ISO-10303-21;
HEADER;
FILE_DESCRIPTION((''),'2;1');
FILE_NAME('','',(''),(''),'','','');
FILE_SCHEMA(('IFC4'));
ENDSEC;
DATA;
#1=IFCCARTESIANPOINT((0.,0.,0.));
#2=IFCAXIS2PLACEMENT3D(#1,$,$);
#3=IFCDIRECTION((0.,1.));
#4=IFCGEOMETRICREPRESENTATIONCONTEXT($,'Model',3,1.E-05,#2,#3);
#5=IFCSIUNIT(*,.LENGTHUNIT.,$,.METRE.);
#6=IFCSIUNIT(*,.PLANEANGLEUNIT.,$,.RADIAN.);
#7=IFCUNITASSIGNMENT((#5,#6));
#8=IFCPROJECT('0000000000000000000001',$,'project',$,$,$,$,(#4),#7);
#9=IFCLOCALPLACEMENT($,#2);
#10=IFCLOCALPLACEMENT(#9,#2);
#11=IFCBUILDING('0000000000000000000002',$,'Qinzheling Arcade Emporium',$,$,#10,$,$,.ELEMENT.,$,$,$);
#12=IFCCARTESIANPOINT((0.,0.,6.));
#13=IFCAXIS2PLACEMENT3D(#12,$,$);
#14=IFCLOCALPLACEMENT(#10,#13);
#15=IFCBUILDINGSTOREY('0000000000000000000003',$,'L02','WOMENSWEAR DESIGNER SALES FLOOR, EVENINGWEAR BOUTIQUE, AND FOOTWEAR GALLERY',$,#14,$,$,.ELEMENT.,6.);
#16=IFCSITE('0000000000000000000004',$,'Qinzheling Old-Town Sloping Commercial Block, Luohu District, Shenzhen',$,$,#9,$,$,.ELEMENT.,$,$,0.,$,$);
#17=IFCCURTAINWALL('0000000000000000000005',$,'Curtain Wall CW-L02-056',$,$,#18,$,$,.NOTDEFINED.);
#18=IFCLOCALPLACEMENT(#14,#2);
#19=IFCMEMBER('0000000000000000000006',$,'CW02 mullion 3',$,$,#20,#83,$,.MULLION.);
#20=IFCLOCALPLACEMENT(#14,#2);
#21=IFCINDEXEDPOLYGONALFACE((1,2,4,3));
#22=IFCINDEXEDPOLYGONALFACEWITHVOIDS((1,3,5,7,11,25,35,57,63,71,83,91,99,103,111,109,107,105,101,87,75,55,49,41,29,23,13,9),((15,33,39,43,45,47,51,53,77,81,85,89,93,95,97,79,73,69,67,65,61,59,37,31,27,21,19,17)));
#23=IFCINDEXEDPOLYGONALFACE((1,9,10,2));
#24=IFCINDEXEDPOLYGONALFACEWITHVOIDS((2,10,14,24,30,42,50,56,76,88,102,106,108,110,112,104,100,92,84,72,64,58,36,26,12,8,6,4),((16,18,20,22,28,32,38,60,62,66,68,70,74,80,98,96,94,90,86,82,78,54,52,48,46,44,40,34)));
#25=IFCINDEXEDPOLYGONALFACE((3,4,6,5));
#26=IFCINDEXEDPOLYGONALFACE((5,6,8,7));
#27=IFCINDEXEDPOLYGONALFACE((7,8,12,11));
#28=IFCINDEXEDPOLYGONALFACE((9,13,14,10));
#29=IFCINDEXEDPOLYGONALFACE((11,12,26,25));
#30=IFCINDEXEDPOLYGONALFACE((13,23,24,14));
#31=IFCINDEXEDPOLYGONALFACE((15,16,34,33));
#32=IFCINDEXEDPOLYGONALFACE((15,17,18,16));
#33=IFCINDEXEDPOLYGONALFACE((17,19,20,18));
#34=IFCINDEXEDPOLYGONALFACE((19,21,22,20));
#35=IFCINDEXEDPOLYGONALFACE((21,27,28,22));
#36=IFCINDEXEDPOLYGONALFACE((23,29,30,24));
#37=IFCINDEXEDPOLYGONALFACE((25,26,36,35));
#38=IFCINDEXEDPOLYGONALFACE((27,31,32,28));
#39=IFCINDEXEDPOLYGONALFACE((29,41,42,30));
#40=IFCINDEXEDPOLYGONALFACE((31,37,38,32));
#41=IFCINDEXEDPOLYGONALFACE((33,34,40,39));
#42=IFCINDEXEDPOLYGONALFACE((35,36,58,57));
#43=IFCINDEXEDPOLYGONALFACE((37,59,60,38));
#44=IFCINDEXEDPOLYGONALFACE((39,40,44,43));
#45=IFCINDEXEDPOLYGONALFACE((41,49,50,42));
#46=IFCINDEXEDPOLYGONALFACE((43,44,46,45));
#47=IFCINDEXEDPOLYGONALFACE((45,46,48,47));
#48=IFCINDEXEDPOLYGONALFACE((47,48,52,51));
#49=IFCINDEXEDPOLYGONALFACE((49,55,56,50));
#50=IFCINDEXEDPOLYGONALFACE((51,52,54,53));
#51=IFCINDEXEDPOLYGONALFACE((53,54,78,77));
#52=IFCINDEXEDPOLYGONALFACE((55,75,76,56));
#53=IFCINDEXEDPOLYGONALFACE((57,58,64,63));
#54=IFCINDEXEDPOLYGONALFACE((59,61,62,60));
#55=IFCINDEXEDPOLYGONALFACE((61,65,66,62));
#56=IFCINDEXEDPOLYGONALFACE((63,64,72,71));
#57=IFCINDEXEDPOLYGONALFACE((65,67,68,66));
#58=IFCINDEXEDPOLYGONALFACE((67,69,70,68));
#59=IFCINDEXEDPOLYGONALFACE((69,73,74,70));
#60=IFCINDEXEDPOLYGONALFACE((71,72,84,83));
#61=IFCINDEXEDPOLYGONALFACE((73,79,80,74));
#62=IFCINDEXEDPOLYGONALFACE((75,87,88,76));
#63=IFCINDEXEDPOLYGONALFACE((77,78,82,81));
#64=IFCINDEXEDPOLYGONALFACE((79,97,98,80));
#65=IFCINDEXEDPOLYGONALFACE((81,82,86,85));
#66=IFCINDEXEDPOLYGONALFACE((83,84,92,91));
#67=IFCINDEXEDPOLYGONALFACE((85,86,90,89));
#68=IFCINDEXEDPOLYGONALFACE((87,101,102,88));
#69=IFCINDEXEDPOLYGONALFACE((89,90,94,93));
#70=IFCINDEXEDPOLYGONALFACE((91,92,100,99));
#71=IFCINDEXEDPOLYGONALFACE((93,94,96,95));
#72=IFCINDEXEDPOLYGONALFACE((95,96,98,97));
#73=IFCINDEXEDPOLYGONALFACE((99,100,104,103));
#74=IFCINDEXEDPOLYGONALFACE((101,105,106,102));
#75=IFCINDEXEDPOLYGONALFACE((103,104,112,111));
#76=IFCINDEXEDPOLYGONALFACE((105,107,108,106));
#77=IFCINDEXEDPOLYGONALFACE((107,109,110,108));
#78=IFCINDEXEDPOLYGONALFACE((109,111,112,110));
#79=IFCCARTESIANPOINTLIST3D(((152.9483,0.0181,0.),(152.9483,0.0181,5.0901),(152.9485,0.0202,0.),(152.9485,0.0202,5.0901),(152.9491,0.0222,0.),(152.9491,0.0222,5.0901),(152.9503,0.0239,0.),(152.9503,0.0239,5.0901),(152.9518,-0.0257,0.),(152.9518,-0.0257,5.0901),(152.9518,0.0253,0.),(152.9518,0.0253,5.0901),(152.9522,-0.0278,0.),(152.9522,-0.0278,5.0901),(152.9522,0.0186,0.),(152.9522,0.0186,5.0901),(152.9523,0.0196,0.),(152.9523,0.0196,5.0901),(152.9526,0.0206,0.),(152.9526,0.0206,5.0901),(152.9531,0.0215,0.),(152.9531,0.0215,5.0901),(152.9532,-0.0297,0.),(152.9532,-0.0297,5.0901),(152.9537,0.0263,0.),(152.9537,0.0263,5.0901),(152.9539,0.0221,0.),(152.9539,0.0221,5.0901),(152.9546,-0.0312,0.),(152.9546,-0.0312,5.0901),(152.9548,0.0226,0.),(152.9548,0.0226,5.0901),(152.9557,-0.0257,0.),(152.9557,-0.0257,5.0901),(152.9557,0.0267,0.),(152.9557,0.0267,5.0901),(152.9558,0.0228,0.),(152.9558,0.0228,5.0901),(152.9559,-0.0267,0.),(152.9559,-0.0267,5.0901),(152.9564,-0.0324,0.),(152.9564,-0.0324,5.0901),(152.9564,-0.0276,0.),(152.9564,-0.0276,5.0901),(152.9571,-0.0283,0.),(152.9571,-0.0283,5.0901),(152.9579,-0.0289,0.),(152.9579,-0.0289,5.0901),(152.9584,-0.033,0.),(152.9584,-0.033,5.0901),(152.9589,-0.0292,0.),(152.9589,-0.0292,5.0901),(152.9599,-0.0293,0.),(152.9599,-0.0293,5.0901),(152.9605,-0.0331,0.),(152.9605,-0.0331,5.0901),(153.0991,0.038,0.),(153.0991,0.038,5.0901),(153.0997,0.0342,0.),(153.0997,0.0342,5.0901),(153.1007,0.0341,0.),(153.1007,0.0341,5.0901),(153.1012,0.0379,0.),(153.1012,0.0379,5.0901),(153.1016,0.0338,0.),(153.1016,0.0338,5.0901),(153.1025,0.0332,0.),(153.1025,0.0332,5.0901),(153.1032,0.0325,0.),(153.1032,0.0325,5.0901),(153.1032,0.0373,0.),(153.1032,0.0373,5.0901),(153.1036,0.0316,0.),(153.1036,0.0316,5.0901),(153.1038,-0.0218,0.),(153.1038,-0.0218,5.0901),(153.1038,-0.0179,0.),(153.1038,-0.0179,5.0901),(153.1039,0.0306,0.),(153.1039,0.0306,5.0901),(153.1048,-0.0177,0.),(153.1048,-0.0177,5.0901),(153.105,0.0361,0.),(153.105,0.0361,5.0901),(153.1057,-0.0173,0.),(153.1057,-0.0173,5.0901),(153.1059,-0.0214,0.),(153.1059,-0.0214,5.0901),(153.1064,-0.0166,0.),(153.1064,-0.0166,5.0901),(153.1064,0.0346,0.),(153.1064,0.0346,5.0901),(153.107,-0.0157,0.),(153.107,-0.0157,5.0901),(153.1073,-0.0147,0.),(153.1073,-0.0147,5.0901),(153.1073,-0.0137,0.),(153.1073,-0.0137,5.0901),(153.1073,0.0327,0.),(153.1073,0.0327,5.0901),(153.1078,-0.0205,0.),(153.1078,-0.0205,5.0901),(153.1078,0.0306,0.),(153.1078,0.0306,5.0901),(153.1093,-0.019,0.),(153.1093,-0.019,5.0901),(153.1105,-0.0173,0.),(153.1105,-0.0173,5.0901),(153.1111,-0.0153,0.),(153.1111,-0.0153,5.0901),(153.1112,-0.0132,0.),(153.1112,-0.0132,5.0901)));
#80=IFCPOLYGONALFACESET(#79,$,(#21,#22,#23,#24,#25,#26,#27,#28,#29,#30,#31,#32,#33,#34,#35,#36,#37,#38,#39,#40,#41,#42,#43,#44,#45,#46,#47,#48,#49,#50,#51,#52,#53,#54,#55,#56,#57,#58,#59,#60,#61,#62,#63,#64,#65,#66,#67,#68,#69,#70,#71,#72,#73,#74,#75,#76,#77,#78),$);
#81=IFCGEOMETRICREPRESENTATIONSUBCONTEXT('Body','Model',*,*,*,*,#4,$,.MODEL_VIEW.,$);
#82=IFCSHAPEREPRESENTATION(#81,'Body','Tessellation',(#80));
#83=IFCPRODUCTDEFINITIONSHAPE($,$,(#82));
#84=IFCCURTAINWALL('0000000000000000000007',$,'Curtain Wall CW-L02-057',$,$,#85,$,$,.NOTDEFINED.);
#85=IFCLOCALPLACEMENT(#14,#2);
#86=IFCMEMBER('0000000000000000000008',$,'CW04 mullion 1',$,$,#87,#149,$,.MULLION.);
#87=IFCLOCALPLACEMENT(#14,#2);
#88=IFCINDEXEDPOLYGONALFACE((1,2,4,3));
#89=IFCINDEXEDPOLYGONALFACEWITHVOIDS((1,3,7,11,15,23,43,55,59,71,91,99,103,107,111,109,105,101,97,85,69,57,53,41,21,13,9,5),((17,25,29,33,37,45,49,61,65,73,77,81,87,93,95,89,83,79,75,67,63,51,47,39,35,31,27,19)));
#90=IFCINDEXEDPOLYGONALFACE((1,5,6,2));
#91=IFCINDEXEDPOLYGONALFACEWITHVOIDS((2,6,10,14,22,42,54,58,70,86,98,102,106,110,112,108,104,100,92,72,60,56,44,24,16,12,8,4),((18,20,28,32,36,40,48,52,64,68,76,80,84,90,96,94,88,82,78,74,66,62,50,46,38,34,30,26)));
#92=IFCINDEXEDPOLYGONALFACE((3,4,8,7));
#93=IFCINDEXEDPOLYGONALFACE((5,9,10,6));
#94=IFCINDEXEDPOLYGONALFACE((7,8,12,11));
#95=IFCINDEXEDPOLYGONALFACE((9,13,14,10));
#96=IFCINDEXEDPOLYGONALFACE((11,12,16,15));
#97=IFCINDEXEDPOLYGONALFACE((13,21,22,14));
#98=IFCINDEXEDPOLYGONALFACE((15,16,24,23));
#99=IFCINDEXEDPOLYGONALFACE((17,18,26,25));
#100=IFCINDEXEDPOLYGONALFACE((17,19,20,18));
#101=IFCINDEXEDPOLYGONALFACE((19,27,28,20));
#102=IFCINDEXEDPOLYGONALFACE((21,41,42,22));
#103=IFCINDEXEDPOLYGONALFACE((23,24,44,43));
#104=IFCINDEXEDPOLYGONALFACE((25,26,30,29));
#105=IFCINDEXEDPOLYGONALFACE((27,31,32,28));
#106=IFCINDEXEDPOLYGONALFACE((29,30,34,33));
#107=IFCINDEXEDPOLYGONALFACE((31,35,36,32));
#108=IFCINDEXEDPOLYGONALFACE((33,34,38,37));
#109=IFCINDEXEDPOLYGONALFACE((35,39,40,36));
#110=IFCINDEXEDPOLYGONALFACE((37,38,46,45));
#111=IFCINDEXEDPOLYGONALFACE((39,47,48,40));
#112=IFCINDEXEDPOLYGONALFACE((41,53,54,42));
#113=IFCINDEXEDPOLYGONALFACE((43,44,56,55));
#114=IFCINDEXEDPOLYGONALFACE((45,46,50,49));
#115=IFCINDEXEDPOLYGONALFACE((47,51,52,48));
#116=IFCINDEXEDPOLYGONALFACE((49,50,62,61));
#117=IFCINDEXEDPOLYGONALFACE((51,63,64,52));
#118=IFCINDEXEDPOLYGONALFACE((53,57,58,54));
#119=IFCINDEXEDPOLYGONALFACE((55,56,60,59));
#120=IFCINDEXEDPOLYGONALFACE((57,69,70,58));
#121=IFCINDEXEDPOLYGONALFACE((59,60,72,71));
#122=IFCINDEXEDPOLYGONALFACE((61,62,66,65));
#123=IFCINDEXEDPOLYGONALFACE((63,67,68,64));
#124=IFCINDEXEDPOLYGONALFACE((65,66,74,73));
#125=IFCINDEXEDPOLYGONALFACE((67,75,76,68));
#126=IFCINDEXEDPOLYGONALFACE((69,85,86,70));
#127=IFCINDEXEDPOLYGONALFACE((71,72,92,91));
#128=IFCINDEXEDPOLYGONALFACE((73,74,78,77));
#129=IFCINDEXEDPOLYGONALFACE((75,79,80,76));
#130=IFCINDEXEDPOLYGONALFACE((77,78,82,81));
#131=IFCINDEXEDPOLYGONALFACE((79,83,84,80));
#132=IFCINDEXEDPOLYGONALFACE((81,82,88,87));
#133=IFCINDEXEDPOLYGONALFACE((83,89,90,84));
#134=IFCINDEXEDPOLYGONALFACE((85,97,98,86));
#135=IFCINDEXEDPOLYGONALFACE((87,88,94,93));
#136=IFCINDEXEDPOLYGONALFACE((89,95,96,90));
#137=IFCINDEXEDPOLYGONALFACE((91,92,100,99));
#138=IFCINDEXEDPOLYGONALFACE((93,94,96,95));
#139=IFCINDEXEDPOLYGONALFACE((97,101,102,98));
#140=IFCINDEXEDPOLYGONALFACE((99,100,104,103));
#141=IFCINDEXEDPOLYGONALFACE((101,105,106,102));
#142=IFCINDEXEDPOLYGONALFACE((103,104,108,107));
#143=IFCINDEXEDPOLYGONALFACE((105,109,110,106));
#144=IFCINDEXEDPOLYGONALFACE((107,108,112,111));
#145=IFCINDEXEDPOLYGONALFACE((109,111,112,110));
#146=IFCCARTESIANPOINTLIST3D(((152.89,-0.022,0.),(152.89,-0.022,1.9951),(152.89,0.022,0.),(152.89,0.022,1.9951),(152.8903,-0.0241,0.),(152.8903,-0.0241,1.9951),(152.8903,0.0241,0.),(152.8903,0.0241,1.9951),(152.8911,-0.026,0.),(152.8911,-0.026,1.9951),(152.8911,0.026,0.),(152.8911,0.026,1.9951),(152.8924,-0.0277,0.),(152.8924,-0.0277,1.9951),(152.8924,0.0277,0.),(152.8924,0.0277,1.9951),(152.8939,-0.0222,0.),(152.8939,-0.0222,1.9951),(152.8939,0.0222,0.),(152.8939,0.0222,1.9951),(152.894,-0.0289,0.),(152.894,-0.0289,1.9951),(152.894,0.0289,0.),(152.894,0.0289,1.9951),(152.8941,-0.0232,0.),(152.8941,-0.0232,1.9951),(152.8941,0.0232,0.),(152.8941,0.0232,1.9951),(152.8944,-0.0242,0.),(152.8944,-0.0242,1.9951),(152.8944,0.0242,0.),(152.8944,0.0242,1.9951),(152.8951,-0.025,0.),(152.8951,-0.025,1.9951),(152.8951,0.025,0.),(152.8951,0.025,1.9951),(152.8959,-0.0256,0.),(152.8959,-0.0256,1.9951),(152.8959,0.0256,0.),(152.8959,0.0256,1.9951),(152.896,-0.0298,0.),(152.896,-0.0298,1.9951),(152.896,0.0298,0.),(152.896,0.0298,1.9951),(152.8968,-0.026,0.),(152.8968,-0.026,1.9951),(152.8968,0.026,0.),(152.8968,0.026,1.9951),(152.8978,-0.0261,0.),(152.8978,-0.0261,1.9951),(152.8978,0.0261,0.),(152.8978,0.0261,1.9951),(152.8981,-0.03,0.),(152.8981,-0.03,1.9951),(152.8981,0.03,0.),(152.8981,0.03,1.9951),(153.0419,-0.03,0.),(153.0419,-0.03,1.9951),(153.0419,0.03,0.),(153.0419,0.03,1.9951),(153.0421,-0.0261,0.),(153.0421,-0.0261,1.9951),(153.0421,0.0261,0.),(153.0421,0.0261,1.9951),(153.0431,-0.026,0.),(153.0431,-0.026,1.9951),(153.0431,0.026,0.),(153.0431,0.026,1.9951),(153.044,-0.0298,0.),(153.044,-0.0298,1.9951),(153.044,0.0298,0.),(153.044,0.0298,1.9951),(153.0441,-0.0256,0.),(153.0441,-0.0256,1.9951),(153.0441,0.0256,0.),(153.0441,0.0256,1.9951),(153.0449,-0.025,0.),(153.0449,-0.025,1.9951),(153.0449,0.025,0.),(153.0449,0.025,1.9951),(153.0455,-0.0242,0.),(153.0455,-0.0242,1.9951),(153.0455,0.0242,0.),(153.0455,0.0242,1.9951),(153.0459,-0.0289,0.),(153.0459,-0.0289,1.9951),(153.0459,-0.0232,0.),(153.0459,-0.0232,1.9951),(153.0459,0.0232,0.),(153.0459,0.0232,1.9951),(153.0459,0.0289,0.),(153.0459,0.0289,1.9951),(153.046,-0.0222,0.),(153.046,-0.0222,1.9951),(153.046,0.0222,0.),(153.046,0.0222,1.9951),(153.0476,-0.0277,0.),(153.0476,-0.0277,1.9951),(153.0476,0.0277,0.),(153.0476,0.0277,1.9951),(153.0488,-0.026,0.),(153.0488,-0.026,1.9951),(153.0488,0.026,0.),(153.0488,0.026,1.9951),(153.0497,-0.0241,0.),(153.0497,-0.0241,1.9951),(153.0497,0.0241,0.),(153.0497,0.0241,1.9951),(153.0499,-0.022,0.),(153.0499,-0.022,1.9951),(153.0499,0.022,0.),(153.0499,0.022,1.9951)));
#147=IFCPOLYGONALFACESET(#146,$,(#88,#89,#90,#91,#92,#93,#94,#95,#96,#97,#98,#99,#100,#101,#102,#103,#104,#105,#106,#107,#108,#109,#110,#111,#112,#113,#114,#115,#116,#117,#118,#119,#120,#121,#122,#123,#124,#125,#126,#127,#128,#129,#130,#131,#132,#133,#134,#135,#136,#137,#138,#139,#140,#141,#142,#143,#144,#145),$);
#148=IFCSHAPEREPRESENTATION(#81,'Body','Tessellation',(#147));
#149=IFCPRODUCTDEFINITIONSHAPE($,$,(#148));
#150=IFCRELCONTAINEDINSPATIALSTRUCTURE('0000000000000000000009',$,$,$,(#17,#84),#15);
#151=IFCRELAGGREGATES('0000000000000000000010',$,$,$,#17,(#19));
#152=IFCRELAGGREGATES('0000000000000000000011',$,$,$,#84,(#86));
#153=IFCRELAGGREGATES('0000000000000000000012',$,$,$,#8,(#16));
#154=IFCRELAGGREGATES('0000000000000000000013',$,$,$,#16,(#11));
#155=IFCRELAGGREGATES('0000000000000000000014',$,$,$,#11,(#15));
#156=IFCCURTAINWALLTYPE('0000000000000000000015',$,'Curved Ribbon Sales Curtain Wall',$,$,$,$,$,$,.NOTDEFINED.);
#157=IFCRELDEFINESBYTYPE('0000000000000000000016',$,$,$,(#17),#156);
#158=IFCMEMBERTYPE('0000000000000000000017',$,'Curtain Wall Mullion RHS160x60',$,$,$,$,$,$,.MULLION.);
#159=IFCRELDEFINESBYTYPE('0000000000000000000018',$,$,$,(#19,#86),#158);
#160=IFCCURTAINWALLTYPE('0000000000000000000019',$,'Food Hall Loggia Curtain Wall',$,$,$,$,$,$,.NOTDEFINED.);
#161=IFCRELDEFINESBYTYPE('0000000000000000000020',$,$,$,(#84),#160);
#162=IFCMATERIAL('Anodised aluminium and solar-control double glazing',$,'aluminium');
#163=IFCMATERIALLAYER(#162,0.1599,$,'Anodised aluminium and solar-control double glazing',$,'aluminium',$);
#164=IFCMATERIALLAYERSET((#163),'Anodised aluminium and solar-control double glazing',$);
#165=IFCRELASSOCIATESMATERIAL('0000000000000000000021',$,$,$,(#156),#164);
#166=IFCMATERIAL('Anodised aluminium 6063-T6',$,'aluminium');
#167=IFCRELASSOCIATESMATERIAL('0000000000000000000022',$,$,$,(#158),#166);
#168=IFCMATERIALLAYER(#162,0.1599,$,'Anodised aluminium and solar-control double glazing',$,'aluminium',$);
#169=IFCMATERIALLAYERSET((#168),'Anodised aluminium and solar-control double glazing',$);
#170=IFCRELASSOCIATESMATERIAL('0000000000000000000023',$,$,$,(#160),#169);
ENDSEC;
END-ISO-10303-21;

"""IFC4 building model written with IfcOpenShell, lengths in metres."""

from ifc_helpers import new_model, si_unit, direction, frame, origin, origin_2d, place, context, subcontext, project, spatial, hollow_rectangle, extrude, material, layer, layer_set, material_profile, profile_set, type_object, element, aggregate, save


model = new_model("IFC4")

# Units and contexts
model_context = context("Model", 3, precision=1e-05, world=origin(), true_north=direction((0.0, 1.0)))
body_context = subcontext(model_context, "Body", "Model", "MODEL_VIEW")
ifc_project = project(units=[si_unit("LENGTHUNIT", "METRE"), si_unit("PLANEANGLEUNIT", "RADIAN")], contexts=[model_context])

# Site, building, storey
site_placement = place(None, origin())
site = spatial("IfcSite", under=ifc_project, at=site_placement, Name="Qinzheling Old-Town Sloping Commercial Block, Luohu District, Shenzhen", CompositionType="ELEMENT", RefElevation=0.0)
building_placement = place(site_placement, origin())
building = spatial("IfcBuilding", under=site, at=building_placement, Name="Qinzheling Arcade Emporium", CompositionType="ELEMENT")
storey_placement = place(building_placement, frame((0.0, 0.0, 6.0)))
storey = spatial("IfcBuildingStorey", under=building, at=storey_placement, Name="L02", Description="WOMENSWEAR DESIGNER SALES FLOOR, EVENINGWEAR BOUTIQUE, AND FOOTWEAR GALLERY", CompositionType="ELEMENT", Elevation=6.0)

# Curtain wall, member
ifc_material_1 = material(Name="Anodised aluminium and solar-control double glazing", Category="aluminium")
ifc_layer_1 = layer(ifc_material_1, 0.1599, Name="Anodised aluminium and solar-control double glazing", Category="aluminium")
ifc_layer_set_1 = layer_set([ifc_layer_1], Name="Anodised aluminium and solar-control double glazing")
curtain_wall_type_1 = type_object("IfcCurtainWallType", Name="Curved Ribbon Sales Curtain Wall", PredefinedType="NOTDEFINED", material=ifc_layer_set_1)
curtain_wall_1_placement = place(storey_placement, origin())
curtain_wall_1 = element("IfcCurtainWall", 1, at=curtain_wall_1_placement, inside=storey, type_object=curtain_wall_type_1, Name="Curtain Wall CW-L02-056", PredefinedType="NOTDEFINED")
ifc_material_2 = material(Name="Anodised aluminium 6063-T6", Category="aluminium")
ifc_material_profile_1 = material_profile(ifc_material_2, hollow_rectangle(XDim=0.0601, YDim=0.1599, WallThickness=0.0039, InnerFilletRadius=0.0039, OuterFilletRadius=0.0081, at=origin_2d()), Name="RHS 160x60x4", Category="aluminium")
ifc_profile_set_1 = profile_set([ifc_material_profile_1], Name="Anodised aluminium 6063-T6")
member_type_1 = type_object("IfcMemberType", Name="Curtain Wall Mullion RHS160x60", PredefinedType="MULLION", material=ifc_profile_set_1)
member_1_placement = place(storey_placement, frame((153.0298, 0.0024, 0.0), z_axis=(0.0, 0.0, 1.0), x_axis=(0.078599, -0.996906, 0.0)))
member_1 = element("IfcMember", 2, at=member_1_placement, type_object=member_type_1, Name="CW02 mullion 3", PredefinedType="MULLION", context=body_context, shape_type="SweptSolid", body=[
    extrude(hollow_rectangle(XDim=0.0601, YDim=0.1599, WallThickness=0.0039, InnerFilletRadius=0.0039, OuterFilletRadius=0.0081, at=origin_2d()), origin(), (0.0, 0.0, 1.0), 5.0901),
])

# Curtain wall, member
ifc_layer_2 = layer(ifc_material_1, 0.1599, Name="Anodised aluminium and solar-control double glazing", Category="aluminium")
ifc_layer_set_2 = layer_set([ifc_layer_2], Name="Anodised aluminium and solar-control double glazing")
curtain_wall_type_2 = type_object("IfcCurtainWallType", Name="Food Hall Loggia Curtain Wall", PredefinedType="NOTDEFINED", material=ifc_layer_set_2)
curtain_wall_2_placement = place(storey_placement, origin())
curtain_wall_2 = element("IfcCurtainWall", 3, at=curtain_wall_2_placement, inside=storey, type_object=curtain_wall_type_2, Name="Curtain Wall CW-L02-057", PredefinedType="NOTDEFINED")
member_2_placement = place(storey_placement, frame((152.97, 0.0, 0.0), z_axis=(0.0, 0.0, 1.0), x_axis=(0.0, -1.0, 0.0)))
member_2 = element("IfcMember", 4, at=member_2_placement, type_object=member_type_1, Name="CW04 mullion 1", PredefinedType="MULLION", context=body_context, shape_type="SweptSolid", body=[
    extrude(hollow_rectangle(XDim=0.0601, YDim=0.1599, WallThickness=0.0039, InnerFilletRadius=0.0039, OuterFilletRadius=0.0081, at=origin_2d()), origin(), (0.0, 0.0, 1.0), 1.9951),
])

aggregate(curtain_wall_1, [member_1])
aggregate(curtain_wall_2, [member_2])

save(model, "model.ifc")
